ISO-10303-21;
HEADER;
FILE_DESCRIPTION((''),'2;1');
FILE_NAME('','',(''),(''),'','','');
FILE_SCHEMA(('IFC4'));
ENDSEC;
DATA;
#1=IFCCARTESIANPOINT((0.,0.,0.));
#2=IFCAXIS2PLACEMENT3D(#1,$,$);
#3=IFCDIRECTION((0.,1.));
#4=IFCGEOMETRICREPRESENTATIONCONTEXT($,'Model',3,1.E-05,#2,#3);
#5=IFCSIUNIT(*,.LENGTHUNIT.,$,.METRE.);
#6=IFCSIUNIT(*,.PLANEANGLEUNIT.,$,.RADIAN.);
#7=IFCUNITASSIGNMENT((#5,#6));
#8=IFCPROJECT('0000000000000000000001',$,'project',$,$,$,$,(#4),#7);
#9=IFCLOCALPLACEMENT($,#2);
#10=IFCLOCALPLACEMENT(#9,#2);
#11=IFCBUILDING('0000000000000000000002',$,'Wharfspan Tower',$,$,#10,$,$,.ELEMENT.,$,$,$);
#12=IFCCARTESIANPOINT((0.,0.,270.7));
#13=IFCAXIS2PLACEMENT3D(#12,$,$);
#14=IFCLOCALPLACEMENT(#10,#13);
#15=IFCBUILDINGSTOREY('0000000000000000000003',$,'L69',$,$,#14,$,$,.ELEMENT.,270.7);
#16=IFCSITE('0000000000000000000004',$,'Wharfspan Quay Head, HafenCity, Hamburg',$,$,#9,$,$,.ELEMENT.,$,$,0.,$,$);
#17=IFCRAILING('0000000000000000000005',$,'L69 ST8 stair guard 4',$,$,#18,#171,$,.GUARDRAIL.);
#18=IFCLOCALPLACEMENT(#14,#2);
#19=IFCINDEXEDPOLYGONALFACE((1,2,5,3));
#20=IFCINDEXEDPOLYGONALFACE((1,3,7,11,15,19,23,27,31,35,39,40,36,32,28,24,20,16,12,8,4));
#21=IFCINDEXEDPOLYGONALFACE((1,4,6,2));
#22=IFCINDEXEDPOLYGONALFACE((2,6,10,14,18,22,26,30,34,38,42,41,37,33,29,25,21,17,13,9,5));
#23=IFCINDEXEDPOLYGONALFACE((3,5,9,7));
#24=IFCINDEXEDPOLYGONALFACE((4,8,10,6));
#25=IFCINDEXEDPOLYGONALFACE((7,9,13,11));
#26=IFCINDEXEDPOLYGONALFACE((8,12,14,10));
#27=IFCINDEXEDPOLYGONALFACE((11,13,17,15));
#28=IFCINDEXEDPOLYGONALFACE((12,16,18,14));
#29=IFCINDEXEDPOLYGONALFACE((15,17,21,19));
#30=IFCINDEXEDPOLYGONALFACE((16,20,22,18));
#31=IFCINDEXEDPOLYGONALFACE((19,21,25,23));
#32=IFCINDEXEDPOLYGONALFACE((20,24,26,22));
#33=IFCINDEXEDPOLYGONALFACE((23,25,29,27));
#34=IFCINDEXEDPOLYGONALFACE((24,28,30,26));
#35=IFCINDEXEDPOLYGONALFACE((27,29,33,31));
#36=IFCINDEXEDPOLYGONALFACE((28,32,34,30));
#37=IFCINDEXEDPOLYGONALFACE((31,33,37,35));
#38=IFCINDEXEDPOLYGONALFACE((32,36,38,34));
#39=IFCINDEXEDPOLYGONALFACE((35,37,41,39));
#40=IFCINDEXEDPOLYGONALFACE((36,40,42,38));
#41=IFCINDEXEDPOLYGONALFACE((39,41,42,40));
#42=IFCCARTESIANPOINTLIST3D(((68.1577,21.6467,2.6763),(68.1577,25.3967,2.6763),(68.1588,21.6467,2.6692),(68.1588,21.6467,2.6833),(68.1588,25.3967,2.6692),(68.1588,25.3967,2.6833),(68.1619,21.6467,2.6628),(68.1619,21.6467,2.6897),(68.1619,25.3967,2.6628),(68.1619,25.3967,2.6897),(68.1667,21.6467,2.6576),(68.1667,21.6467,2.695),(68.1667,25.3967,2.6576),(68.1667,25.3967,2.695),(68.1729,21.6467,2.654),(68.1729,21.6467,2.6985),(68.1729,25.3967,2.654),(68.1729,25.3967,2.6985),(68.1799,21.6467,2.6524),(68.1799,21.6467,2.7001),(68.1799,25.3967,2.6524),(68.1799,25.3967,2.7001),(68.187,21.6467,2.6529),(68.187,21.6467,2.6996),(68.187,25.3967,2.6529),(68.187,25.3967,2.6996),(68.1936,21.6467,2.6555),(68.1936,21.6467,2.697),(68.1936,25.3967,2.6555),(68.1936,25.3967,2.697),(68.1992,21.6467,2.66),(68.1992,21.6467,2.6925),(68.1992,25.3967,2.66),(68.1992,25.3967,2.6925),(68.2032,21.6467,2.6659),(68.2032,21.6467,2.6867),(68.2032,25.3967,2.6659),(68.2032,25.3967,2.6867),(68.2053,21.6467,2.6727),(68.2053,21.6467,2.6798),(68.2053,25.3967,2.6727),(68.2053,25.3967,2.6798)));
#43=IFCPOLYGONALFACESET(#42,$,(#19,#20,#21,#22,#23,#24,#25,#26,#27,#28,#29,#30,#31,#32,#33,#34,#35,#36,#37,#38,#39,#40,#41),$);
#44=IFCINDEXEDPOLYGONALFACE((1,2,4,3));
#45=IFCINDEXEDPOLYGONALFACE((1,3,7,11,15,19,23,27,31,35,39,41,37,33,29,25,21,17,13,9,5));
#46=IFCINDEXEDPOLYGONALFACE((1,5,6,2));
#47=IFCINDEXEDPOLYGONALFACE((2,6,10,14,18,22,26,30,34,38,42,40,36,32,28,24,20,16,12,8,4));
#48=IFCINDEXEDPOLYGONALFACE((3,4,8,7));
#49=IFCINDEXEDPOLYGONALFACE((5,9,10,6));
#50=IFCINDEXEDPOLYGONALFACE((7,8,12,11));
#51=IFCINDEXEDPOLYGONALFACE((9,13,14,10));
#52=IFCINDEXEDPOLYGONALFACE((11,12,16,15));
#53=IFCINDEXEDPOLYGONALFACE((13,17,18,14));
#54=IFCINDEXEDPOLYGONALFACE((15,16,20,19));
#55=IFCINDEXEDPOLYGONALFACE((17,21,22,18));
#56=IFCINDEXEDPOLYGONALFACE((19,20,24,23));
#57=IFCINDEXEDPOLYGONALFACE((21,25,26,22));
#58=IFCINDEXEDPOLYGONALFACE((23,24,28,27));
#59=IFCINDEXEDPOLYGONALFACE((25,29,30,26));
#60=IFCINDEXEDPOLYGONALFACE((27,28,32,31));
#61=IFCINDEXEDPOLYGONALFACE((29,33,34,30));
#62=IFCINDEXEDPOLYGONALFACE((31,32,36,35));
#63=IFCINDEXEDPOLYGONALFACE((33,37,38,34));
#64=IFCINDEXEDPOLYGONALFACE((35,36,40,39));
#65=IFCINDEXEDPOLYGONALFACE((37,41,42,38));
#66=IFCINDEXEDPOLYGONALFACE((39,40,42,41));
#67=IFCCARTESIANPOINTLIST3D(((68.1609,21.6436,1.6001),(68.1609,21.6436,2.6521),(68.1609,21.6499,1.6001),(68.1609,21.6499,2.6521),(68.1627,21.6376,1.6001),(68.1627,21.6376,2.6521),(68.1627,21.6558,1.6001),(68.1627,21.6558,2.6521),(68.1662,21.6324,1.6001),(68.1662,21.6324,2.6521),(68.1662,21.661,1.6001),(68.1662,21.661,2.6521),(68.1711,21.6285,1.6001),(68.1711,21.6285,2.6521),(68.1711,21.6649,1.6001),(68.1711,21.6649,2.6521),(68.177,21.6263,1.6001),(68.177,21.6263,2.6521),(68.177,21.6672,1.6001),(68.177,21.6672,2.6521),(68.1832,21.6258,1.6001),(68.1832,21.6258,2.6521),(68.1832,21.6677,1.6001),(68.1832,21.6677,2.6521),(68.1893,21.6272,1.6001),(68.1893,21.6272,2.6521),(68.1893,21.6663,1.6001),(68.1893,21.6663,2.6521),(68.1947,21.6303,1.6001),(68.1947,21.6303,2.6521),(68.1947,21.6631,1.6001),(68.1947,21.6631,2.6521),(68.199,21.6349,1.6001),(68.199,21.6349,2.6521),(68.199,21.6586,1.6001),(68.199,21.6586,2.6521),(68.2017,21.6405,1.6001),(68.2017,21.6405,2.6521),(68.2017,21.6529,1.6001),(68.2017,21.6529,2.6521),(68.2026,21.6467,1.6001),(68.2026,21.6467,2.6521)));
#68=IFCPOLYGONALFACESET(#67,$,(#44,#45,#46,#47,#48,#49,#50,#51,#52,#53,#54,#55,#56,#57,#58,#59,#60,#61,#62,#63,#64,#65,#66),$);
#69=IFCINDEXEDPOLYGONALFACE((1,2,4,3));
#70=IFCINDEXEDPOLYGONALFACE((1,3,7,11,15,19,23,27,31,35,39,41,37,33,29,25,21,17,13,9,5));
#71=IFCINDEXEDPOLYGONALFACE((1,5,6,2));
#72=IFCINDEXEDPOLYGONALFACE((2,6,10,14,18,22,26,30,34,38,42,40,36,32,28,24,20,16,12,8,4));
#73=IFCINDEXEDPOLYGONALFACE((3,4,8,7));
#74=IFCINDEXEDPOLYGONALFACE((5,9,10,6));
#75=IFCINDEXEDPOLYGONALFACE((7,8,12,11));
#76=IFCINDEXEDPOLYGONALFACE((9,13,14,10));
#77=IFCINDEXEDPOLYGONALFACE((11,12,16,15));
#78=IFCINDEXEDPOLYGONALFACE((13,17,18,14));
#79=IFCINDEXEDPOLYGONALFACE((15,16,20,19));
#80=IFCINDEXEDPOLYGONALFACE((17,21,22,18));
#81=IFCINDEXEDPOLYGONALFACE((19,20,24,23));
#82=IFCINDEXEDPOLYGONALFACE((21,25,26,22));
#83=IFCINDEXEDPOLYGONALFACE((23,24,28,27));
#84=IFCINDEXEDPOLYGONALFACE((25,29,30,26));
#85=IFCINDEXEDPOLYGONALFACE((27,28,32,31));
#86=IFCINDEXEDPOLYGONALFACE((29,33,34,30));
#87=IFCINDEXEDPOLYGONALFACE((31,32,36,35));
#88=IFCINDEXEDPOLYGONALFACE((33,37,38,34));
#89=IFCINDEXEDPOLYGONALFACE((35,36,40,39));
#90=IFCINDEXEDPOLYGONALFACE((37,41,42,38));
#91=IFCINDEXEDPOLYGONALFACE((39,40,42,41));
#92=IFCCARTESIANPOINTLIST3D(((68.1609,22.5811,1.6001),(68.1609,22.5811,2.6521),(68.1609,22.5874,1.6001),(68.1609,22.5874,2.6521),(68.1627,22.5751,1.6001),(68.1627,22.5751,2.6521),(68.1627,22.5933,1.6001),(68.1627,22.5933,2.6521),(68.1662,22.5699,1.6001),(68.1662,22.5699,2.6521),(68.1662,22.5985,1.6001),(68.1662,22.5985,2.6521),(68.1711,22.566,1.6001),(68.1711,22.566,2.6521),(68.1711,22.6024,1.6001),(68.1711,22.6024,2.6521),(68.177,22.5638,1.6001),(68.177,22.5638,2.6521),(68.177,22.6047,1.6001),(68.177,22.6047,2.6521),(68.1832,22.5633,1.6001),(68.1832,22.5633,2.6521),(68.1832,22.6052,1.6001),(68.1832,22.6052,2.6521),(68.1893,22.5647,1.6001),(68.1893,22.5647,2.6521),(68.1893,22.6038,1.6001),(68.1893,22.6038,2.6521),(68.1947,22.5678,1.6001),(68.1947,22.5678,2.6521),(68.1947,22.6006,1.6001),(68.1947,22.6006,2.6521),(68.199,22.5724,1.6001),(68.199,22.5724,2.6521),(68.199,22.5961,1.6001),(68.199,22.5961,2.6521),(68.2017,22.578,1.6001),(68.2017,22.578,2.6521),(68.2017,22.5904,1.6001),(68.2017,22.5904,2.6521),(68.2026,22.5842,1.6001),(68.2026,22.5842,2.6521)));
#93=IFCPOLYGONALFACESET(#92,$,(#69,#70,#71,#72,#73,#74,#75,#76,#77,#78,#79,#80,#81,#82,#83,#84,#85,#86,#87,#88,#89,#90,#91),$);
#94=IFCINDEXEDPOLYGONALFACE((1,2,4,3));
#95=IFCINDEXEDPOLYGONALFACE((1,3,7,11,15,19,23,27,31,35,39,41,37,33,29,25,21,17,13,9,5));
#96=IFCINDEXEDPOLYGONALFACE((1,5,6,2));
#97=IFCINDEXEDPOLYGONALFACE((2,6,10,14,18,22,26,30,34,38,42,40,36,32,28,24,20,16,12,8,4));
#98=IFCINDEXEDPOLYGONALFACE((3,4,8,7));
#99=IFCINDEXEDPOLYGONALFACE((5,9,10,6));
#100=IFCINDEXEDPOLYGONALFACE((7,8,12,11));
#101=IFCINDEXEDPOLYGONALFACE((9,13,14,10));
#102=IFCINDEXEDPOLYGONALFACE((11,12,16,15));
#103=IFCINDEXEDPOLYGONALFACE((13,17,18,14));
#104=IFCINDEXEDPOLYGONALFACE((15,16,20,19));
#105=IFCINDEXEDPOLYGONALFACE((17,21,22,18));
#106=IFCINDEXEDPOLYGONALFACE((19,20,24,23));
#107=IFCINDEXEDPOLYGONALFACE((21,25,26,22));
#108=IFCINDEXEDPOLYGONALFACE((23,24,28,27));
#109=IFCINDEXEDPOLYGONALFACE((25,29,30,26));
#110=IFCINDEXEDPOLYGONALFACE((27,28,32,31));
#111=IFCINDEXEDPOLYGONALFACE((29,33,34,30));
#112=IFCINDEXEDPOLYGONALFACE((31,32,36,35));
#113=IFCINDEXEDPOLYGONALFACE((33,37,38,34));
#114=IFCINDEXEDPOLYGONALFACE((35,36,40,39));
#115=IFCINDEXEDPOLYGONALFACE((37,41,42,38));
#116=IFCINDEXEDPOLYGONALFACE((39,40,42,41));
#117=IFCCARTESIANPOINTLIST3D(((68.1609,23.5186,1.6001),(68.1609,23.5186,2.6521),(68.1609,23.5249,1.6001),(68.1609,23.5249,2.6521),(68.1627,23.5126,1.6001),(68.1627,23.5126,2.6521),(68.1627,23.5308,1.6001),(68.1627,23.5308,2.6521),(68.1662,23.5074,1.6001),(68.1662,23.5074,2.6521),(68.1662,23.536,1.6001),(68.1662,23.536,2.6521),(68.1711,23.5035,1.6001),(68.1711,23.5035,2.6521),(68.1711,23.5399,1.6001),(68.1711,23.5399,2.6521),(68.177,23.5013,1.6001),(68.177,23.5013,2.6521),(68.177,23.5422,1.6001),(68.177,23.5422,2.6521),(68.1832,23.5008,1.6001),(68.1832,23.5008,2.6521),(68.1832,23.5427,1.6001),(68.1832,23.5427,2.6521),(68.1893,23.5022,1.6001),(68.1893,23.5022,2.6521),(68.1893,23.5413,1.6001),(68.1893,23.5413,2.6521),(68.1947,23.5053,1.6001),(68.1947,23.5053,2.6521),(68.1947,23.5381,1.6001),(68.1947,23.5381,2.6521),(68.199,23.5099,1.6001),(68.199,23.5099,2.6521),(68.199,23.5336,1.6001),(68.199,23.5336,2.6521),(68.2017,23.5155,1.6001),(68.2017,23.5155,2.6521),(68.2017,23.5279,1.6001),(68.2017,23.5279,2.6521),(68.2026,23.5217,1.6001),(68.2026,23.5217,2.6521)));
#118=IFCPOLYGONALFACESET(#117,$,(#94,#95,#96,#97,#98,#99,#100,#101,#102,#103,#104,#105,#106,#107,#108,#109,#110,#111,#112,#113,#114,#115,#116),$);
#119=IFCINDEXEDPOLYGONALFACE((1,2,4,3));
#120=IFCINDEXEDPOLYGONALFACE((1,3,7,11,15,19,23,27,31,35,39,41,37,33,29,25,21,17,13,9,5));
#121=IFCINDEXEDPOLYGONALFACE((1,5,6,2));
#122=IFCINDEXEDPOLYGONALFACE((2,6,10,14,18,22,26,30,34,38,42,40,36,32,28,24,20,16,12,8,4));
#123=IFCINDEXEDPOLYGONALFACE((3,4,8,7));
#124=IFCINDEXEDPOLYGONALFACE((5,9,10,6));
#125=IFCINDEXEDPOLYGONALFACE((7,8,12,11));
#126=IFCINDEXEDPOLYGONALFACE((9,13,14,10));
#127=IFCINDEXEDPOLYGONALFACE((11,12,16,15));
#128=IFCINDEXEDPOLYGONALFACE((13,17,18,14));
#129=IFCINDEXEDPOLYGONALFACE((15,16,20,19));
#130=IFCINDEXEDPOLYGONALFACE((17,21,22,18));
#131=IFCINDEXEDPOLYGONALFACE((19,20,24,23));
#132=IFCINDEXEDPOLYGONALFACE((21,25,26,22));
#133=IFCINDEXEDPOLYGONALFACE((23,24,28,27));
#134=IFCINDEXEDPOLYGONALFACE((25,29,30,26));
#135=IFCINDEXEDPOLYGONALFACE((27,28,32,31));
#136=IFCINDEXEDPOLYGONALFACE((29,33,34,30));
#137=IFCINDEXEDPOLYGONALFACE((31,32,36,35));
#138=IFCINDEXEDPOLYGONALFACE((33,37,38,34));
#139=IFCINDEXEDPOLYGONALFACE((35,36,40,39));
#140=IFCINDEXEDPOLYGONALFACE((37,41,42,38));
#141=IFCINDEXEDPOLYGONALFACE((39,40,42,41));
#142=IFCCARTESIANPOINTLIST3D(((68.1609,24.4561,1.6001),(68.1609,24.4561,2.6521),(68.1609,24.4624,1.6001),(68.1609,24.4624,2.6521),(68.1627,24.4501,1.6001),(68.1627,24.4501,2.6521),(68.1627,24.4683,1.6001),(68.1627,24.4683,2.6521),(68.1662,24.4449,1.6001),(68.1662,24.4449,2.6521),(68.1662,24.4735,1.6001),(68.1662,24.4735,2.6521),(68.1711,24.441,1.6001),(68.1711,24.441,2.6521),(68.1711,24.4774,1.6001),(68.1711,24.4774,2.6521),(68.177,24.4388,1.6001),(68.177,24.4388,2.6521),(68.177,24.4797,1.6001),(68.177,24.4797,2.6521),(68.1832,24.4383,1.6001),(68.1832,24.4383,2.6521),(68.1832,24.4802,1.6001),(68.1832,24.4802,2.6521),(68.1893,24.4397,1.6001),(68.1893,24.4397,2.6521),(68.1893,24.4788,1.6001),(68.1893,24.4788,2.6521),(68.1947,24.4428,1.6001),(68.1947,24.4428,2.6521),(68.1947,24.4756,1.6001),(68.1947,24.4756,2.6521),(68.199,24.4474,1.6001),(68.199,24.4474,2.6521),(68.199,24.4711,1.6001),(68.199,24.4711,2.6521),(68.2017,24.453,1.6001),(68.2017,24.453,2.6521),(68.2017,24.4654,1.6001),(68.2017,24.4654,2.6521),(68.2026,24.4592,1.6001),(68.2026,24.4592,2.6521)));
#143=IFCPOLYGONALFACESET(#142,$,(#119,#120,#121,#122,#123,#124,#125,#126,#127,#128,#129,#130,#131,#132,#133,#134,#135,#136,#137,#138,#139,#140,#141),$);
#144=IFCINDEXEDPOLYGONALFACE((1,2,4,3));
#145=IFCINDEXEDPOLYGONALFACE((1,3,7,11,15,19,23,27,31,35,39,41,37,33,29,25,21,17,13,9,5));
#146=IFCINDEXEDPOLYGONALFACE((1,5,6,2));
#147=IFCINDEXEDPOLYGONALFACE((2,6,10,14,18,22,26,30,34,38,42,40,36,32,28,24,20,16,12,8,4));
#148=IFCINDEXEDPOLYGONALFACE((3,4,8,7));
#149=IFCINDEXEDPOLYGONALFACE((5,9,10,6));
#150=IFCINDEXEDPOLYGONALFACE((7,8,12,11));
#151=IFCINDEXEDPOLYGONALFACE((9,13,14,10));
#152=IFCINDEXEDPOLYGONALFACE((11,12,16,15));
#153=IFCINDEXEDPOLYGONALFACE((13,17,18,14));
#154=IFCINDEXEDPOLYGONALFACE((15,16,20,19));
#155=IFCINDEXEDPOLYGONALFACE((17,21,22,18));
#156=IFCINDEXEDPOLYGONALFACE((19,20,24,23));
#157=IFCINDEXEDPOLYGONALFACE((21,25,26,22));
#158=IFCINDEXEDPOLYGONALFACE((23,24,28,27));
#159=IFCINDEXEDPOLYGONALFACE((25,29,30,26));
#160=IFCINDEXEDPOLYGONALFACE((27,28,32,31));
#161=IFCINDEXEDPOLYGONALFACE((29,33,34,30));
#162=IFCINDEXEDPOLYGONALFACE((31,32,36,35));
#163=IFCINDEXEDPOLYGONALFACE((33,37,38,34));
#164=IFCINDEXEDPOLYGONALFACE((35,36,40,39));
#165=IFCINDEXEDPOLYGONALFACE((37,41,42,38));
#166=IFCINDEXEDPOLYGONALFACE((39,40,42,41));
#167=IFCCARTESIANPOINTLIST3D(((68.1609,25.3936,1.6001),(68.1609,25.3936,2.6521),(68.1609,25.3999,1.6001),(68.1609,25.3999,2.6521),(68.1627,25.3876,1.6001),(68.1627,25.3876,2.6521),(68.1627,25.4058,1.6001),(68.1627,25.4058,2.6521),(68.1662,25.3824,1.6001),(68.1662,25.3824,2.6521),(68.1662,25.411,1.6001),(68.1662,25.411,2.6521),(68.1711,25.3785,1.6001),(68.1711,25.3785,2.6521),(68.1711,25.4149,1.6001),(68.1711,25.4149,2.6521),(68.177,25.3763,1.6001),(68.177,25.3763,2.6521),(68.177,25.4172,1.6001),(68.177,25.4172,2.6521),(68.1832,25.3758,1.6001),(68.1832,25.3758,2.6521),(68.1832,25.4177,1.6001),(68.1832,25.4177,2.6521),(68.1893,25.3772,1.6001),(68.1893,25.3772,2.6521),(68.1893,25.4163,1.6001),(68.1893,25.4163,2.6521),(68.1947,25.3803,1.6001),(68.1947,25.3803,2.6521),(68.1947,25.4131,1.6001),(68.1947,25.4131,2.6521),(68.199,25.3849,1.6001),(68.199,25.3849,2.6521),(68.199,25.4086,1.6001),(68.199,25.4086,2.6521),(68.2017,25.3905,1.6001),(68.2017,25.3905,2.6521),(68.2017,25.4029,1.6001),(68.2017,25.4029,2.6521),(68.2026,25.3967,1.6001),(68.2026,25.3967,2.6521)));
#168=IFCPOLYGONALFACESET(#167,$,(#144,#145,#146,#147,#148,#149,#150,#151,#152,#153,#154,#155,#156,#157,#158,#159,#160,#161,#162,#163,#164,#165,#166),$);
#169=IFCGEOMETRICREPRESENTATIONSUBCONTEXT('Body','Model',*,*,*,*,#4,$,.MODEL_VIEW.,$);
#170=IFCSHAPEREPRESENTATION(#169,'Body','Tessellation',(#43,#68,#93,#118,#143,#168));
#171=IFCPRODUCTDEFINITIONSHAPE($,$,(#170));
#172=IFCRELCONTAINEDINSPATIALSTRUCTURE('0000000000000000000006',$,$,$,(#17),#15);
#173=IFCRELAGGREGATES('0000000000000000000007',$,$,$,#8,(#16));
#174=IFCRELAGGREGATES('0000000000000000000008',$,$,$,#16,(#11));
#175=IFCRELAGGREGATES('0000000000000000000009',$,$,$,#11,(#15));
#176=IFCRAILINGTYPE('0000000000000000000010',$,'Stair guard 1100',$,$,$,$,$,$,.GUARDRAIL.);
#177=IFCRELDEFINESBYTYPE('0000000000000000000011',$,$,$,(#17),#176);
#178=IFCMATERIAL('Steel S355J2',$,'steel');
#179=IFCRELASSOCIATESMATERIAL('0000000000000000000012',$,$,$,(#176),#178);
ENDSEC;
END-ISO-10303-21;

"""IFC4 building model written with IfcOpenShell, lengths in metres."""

from ifc_helpers import new_model, si_unit, direction, frame, origin, origin_2d, place, context, subcontext, project, spatial, circle, extrude, material, type_object, element, save


model = new_model("IFC4")

# Units and contexts
model_context = context("Model", 3, precision=1e-05, world=origin(), true_north=direction((0.0, 1.0)))
body_context = subcontext(model_context, "Body", "Model", "MODEL_VIEW")
ifc_project = project(units=[si_unit("LENGTHUNIT", "METRE"), si_unit("PLANEANGLEUNIT", "RADIAN")], contexts=[model_context])

# Site, building, storey
site_placement = place(None, origin())
site = spatial("IfcSite", under=ifc_project, at=site_placement, Name="Wharfspan Quay Head, HafenCity, Hamburg", CompositionType="ELEMENT", RefElevation=0.0)
building_placement = place(site_placement, origin())
building = spatial("IfcBuilding", under=site, at=building_placement, Name="Wharfspan Tower", CompositionType="ELEMENT")
storey_placement = place(building_placement, frame((0.0, 0.0, 270.7)))
storey = spatial("IfcBuildingStorey", under=building, at=storey_placement, Name="L69", CompositionType="ELEMENT", Elevation=270.7)

# Shared definitions
ifc_material_1 = material(Name="Steel S355J2", Category="steel")

# Railing
railing_type_1 = type_object("IfcRailingType", Name="Stair guard 1100", PredefinedType="GUARDRAIL", material=ifc_material_1)
railing_1_placement = place(storey_placement, frame((68.1816, 21.6467, 1.6001)))
element("IfcRailing", 1, at=railing_1_placement, inside=storey, type_object=railing_type_1, Name="L69 ST8 stair guard 4", PredefinedType="GUARDRAIL", context=body_context, shape_type="SweptSolid", body=[
    extrude(circle(Radius=0.0239, at=origin_2d()), frame((0.0, 0.0, 1.0762), z_axis=(0.0, 1.0, 0.0), x_axis=(-1.0, 0.0, 0.0)), (0.0, 0.0, 1.0), 3.75),
    extrude(circle(Radius=0.021, at=origin_2d()), origin(), (0.0, 0.0, 1.0), 1.052),
    extrude(circle(Radius=0.021, at=origin_2d()), frame((0.0, 0.9375, 0.0)), (0.0, 0.0, 1.0), 1.052),
    extrude(circle(Radius=0.021, at=origin_2d()), frame((0.0, 1.875, 0.0)), (0.0, 0.0, 1.0), 1.052),
    extrude(circle(Radius=0.021, at=origin_2d()), frame((0.0, 2.8125, 0.0)), (0.0, 0.0, 1.0), 1.052),
    extrude(circle(Radius=0.021, at=origin_2d()), frame((0.0, 3.75, 0.0)), (0.0, 0.0, 1.0), 1.052),
])

save(model, "model.ifc")
